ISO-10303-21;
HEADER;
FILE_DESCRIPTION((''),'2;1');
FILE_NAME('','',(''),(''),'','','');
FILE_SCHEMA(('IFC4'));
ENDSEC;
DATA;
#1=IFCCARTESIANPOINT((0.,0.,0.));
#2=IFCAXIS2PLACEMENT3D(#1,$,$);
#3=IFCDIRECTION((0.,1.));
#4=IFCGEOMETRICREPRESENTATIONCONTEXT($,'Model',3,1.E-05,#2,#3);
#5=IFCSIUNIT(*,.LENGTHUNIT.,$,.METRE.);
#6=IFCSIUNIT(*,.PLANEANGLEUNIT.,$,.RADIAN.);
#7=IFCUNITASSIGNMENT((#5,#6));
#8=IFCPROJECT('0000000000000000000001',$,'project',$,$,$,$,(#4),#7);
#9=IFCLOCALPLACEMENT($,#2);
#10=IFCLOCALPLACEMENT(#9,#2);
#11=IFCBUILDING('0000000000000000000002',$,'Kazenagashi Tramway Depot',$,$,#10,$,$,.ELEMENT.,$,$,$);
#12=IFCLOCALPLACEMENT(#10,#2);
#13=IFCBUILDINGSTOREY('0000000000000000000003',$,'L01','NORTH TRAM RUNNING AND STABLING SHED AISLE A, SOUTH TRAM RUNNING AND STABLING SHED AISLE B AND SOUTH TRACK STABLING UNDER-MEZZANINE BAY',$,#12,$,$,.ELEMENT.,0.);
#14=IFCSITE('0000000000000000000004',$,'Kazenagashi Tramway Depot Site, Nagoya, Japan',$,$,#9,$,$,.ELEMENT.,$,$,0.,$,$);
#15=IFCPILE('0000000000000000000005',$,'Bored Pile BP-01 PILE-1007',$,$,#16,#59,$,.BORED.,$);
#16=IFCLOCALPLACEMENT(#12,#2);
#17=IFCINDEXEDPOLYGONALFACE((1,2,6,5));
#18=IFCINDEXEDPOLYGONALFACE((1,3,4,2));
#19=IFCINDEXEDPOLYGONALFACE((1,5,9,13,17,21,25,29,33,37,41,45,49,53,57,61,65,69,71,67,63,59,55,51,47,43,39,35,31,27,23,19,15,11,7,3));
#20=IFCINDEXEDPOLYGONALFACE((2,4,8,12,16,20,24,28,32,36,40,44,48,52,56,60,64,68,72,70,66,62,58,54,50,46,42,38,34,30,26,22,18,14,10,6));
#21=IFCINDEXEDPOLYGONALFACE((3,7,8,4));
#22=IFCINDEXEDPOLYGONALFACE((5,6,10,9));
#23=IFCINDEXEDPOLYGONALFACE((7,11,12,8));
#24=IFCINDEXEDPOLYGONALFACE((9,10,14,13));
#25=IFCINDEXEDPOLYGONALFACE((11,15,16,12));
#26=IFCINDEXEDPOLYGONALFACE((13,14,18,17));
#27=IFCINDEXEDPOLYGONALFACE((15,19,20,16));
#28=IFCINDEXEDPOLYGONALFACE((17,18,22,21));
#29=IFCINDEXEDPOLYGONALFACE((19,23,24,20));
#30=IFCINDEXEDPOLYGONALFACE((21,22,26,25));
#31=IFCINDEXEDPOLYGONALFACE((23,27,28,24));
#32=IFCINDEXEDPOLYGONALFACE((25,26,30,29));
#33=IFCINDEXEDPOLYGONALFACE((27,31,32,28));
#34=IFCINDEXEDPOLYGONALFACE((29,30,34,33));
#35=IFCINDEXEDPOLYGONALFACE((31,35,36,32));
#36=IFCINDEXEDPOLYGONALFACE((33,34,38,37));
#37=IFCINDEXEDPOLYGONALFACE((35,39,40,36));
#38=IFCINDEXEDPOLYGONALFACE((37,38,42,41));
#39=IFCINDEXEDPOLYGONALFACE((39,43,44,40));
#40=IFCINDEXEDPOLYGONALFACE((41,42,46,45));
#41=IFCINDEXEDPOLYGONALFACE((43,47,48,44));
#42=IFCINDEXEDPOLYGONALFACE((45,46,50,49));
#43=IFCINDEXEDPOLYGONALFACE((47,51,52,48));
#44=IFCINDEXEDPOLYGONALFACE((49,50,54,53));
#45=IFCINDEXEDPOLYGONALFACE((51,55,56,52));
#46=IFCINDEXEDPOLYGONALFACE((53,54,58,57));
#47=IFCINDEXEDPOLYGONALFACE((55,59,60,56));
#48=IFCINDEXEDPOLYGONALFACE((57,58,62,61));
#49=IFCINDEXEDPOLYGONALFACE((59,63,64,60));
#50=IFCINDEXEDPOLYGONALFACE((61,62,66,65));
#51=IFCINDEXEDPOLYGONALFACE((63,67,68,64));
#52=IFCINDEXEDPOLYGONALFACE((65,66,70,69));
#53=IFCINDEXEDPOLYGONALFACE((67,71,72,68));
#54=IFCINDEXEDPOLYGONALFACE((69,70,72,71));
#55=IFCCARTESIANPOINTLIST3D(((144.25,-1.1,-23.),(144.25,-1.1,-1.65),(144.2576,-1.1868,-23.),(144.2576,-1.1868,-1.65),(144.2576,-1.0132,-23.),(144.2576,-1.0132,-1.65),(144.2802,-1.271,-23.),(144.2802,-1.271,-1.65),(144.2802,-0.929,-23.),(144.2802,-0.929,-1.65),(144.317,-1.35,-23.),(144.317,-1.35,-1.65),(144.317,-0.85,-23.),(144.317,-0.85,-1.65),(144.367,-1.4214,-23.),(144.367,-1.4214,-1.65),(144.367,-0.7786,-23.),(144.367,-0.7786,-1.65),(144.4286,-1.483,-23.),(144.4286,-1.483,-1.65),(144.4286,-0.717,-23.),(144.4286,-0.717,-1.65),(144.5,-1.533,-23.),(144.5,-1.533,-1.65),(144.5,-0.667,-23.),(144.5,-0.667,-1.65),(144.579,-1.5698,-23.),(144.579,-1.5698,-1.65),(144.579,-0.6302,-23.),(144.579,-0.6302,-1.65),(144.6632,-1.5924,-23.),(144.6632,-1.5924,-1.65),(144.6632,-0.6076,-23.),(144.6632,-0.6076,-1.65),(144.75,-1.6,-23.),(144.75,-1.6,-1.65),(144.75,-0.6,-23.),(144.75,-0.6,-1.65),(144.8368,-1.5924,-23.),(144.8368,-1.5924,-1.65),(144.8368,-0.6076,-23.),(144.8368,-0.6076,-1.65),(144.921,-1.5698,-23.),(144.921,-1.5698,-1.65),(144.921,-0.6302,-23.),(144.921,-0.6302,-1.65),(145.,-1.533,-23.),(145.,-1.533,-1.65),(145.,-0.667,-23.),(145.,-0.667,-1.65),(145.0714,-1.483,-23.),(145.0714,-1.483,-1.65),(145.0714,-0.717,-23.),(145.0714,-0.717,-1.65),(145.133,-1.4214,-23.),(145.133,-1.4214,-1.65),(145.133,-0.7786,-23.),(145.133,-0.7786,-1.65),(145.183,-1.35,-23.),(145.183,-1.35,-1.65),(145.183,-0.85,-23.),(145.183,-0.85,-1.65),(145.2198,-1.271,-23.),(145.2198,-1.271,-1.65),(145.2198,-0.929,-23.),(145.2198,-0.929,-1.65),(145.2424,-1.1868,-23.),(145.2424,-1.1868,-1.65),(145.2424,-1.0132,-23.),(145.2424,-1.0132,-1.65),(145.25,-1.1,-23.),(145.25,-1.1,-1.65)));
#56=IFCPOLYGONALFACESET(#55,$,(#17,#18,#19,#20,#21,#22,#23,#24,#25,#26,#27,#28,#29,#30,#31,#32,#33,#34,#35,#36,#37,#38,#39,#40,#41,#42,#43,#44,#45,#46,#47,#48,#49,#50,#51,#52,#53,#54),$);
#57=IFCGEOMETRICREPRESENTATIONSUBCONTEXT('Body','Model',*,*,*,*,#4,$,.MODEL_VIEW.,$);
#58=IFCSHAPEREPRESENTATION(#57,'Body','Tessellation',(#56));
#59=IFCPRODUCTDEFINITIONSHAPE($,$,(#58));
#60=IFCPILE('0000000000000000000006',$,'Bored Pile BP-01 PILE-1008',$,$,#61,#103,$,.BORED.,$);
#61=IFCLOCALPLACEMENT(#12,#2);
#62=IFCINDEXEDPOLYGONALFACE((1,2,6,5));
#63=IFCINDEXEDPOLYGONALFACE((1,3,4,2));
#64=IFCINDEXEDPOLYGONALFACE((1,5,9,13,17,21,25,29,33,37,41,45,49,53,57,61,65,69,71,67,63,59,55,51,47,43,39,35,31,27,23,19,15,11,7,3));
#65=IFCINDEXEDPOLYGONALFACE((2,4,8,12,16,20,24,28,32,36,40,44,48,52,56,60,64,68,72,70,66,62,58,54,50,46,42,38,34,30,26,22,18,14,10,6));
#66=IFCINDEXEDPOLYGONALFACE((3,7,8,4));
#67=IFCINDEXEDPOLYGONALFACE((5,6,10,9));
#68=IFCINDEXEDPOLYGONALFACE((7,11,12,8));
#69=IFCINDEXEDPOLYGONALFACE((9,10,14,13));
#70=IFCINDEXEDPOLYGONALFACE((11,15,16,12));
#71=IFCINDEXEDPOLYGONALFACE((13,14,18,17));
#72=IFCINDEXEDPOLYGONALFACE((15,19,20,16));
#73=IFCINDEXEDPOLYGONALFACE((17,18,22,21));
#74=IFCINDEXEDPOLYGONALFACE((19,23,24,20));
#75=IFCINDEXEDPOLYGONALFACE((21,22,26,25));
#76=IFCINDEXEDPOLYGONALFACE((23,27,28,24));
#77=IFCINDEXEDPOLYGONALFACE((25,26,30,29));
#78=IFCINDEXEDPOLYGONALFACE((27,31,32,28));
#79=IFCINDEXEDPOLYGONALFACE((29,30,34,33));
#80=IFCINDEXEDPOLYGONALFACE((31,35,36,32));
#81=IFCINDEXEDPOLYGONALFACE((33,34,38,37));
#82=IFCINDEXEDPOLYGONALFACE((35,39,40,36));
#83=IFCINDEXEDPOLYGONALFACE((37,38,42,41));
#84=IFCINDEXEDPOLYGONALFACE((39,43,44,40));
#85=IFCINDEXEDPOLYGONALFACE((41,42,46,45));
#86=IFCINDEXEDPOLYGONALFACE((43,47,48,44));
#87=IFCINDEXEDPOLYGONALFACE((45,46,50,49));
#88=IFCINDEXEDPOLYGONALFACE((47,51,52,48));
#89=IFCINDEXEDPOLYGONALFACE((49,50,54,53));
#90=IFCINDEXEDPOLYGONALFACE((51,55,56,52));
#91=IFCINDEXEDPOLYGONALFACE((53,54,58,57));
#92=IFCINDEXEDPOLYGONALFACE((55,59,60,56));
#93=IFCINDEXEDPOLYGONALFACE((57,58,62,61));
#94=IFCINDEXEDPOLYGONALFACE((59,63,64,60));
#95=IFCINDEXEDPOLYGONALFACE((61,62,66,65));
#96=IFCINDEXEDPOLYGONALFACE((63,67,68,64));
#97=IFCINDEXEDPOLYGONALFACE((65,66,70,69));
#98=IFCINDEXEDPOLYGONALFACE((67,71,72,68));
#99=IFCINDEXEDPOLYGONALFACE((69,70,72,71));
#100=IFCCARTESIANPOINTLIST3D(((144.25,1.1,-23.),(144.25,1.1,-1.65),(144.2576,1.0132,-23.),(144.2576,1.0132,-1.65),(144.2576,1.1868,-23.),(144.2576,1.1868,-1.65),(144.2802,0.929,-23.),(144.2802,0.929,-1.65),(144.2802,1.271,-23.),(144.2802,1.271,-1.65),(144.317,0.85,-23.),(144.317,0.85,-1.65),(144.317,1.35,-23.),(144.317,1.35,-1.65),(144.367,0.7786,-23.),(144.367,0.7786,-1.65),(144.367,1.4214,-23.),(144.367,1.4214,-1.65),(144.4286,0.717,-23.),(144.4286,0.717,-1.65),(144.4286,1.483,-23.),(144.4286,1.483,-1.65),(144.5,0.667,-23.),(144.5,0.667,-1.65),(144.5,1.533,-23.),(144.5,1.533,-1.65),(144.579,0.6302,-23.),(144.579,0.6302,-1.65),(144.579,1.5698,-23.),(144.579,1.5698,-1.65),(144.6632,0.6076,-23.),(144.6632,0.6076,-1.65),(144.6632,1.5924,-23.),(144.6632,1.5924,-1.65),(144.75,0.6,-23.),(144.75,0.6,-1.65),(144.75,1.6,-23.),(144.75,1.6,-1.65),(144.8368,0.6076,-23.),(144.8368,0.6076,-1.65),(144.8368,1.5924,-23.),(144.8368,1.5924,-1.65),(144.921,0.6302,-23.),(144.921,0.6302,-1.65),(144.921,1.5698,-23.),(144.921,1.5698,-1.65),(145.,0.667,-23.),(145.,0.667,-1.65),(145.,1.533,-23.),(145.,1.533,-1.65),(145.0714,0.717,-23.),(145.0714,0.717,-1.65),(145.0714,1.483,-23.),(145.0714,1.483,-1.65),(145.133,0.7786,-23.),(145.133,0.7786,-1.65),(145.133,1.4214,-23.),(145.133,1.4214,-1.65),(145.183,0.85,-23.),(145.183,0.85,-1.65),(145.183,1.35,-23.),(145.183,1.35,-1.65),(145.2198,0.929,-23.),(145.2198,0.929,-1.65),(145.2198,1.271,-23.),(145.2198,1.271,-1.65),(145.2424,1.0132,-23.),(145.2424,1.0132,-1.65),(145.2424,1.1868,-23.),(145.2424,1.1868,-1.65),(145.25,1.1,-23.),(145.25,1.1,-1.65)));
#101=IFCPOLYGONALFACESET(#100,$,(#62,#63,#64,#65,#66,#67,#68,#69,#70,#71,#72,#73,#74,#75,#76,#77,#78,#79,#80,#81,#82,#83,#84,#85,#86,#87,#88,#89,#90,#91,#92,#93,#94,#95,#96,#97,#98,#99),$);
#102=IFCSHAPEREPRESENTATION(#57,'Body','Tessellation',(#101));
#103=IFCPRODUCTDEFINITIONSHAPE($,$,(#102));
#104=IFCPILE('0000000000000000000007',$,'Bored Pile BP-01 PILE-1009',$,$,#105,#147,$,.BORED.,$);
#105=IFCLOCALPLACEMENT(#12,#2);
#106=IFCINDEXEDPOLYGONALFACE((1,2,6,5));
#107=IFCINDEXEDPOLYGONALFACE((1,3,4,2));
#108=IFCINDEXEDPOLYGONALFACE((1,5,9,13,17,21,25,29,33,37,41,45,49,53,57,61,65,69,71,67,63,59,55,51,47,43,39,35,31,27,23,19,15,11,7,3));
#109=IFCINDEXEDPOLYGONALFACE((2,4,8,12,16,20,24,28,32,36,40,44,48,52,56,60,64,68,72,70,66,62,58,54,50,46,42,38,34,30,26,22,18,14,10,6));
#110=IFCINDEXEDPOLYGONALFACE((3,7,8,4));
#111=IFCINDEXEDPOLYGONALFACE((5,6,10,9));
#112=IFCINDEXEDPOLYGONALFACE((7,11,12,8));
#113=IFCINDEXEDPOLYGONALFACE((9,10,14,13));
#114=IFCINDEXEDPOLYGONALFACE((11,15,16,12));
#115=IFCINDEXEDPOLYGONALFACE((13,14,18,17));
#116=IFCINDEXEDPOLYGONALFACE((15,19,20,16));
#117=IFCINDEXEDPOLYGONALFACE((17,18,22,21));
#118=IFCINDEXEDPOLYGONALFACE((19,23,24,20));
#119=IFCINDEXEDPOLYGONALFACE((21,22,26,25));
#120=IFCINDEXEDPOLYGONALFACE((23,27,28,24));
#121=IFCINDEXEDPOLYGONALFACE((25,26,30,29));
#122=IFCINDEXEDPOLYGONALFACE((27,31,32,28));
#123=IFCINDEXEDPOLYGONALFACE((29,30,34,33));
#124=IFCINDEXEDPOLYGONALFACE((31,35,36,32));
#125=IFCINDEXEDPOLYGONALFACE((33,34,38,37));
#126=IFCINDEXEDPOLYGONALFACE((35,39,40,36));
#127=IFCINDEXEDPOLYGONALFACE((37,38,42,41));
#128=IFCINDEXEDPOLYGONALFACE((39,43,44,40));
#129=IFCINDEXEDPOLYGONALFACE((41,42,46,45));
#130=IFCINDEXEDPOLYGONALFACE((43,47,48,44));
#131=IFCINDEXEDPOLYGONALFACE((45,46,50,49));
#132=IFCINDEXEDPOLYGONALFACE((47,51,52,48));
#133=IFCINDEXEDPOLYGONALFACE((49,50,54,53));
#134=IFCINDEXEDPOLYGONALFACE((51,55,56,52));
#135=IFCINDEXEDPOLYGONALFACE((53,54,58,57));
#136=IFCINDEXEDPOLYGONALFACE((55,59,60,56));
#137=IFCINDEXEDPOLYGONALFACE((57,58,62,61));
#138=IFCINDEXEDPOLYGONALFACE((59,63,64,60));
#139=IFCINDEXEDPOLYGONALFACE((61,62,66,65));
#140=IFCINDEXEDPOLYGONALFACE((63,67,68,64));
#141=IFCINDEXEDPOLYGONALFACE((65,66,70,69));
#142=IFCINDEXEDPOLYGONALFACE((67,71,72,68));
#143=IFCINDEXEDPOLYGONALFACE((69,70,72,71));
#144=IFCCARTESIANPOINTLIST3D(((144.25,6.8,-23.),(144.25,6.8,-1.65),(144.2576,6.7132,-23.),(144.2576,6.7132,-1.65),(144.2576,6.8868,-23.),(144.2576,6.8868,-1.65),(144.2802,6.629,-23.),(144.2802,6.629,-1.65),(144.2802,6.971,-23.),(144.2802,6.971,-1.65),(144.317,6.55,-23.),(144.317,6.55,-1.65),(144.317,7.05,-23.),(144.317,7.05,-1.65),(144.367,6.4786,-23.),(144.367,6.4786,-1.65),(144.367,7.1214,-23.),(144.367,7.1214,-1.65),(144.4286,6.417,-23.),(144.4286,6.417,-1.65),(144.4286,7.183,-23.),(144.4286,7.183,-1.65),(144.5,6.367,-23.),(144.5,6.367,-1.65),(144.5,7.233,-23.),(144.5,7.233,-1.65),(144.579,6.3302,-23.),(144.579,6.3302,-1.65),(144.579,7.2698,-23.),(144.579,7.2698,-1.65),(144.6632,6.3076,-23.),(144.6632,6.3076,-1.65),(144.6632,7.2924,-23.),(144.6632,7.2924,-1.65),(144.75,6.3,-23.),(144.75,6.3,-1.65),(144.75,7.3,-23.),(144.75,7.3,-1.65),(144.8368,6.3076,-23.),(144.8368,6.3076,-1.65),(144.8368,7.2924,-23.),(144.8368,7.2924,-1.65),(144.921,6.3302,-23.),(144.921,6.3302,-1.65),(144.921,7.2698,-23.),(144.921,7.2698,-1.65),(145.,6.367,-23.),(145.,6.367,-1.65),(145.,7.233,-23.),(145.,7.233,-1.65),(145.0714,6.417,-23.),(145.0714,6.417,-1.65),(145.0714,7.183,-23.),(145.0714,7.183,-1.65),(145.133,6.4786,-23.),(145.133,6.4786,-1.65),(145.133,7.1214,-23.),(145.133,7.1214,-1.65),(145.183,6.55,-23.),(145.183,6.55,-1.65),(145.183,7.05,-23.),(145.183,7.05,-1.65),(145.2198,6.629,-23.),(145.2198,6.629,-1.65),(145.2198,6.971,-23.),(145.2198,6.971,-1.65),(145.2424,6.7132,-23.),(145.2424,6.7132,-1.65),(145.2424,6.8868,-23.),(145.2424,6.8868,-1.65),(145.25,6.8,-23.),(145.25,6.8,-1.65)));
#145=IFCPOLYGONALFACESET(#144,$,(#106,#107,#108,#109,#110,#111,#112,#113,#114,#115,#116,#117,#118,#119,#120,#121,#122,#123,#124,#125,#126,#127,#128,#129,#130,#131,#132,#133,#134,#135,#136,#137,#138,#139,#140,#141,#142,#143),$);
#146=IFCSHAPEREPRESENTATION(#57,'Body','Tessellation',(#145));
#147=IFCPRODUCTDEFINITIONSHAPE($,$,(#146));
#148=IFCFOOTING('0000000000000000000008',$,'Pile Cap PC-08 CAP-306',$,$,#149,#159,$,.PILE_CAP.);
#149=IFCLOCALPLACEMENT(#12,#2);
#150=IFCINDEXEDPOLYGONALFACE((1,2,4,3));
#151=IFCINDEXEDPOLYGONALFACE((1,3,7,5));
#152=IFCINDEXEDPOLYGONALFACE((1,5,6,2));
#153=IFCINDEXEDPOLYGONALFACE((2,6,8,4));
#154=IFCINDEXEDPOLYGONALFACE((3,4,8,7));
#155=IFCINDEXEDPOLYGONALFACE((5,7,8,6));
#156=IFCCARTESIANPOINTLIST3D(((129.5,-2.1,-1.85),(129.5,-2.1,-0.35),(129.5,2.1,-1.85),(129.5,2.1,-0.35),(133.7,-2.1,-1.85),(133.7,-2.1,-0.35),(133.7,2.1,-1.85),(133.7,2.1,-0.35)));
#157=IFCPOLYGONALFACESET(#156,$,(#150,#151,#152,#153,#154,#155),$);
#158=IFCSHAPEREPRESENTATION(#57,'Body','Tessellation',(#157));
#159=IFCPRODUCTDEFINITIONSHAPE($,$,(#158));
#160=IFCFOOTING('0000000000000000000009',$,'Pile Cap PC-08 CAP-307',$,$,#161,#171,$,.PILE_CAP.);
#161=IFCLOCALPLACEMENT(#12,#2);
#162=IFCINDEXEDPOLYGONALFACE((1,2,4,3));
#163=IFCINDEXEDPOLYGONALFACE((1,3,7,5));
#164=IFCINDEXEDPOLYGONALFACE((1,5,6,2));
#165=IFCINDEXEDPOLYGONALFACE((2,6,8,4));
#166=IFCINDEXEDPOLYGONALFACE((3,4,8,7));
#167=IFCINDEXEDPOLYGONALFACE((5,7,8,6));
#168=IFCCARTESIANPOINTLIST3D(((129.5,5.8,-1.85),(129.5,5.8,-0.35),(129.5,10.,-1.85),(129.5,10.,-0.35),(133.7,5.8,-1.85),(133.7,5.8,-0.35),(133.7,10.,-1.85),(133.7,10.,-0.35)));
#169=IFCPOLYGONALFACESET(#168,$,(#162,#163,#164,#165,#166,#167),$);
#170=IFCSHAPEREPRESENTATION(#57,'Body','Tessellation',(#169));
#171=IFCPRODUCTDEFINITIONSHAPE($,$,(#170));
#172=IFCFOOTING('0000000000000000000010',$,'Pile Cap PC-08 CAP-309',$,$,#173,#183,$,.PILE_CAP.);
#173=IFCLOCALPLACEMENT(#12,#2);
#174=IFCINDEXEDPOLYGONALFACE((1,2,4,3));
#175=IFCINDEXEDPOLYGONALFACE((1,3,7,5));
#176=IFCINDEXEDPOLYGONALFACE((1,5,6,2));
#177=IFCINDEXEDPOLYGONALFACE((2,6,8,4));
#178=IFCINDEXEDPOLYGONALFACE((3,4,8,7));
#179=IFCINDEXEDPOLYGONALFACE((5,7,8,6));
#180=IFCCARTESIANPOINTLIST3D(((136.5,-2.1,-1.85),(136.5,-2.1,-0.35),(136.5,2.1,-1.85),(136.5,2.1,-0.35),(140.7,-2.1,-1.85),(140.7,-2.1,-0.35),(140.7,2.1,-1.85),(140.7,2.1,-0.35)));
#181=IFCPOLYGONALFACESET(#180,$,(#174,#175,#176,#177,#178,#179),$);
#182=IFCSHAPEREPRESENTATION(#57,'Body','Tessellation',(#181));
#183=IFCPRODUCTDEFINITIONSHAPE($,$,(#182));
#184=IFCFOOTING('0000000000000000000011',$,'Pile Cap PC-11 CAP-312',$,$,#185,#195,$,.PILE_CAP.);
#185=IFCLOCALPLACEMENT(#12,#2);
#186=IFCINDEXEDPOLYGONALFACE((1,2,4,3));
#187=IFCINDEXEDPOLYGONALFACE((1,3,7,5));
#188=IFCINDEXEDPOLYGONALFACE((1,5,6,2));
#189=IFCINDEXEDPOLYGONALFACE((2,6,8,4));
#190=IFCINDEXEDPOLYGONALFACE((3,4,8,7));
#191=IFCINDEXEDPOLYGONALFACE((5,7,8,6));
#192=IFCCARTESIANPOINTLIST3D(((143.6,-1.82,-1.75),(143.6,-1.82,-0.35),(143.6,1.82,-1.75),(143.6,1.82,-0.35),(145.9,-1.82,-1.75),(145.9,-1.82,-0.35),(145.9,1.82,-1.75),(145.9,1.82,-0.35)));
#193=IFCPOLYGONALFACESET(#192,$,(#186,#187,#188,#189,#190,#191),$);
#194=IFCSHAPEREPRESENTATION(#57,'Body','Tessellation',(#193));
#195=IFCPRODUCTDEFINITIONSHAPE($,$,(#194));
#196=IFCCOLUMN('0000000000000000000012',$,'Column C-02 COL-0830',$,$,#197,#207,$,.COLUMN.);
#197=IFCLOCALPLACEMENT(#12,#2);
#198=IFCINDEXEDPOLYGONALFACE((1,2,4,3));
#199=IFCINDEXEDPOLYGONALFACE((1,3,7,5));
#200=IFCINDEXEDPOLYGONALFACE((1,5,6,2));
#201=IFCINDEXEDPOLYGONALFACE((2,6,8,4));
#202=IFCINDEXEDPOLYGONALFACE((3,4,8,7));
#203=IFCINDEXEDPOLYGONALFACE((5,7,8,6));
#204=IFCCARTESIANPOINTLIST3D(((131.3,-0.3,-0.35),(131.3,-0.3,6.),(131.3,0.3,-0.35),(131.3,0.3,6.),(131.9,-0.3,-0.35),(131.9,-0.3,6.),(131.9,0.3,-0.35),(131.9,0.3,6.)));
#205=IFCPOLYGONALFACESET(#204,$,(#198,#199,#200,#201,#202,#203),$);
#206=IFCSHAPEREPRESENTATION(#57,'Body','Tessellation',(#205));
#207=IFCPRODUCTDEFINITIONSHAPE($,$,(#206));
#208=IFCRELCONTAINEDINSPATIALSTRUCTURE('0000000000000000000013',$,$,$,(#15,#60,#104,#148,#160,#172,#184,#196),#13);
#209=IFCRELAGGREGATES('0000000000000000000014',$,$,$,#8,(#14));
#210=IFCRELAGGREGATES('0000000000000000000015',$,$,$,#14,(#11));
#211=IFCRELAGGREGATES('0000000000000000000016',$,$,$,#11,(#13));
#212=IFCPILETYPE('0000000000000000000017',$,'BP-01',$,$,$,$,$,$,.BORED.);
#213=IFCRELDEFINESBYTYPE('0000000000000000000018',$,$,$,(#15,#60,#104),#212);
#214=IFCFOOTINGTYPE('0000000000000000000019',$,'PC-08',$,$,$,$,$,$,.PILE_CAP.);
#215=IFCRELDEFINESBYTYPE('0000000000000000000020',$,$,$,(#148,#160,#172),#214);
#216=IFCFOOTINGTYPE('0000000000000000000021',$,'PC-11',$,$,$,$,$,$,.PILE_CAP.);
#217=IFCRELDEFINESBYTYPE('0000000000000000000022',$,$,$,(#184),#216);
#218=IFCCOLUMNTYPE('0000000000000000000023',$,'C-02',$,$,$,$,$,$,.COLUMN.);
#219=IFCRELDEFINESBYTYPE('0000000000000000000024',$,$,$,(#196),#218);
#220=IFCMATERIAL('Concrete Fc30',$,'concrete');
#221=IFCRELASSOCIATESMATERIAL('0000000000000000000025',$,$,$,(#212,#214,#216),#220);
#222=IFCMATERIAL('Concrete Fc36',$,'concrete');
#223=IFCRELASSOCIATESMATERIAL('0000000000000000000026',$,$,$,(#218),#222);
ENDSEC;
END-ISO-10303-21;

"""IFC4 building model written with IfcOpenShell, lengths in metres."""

from ifc_helpers import new_model, si_unit, direction, frame, origin, origin_2d, place, context, subcontext, project, spatial, rectangle, circle, extrude, material, material_profile, profile_set, type_object, element, save


model = new_model("IFC4")

# Units and contexts
model_context = context("Model", 3, precision=1e-05, world=origin(), true_north=direction((0.0, 1.0)))
body_context = subcontext(model_context, "Body", "Model", "MODEL_VIEW")
ifc_project = project(units=[si_unit("LENGTHUNIT", "METRE"), si_unit("PLANEANGLEUNIT", "RADIAN")], contexts=[model_context])

# Site, building, storey
site_placement = place(None, origin())
site = spatial("IfcSite", under=ifc_project, at=site_placement, Name="Kazenagashi Tramway Depot Site, Nagoya, Japan", CompositionType="ELEMENT", RefElevation=0.0)
building_placement = place(site_placement, origin())
building = spatial("IfcBuilding", under=site, at=building_placement, Name="Kazenagashi Tramway Depot", CompositionType="ELEMENT")
storey_placement = place(building_placement, origin())
storey = spatial("IfcBuildingStorey", under=building, at=storey_placement, Name="L01", Description="NORTH TRAM RUNNING AND STABLING SHED AISLE A, SOUTH TRAM RUNNING AND STABLING SHED AISLE B AND SOUTH TRACK STABLING UNDER-MEZZANINE BAY", CompositionType="ELEMENT", Elevation=0.0)

# Piles
ifc_material_1 = material(Name="Concrete Fc30", Category="concrete")
ifc_material_profile_1 = material_profile(ifc_material_1, circle(Radius=0.5, at=origin_2d()), Name="PILE-1000")
ifc_profile_set_1 = profile_set([ifc_material_profile_1], Name="Concrete Fc30")
pile_type = type_object("IfcPileType", Name="BP-01", PredefinedType="BORED", material=ifc_profile_set_1)
for number, where, z_axis, x_axis, name in (
    (1, (144.75, -1.1, -1.65), (0.0, 0.0, -1.0), (1.0, 0.0, 0.0), "Bored Pile BP-01 PILE-1007"),
    (2, (144.75, 1.1, -1.65), (0.0, 0.0, -1.0), (1.0, 0.0, 0.0), "Bored Pile BP-01 PILE-1008"),
    (3, (144.75, 6.8, -1.65), (0.0, 0.0, -1.0), (1.0, 0.0, 0.0), "Bored Pile BP-01 PILE-1009"),
):
    element("IfcPile", number, at=place(storey_placement, frame(where, z_axis=z_axis, x_axis=x_axis)), inside=storey, type_object=pile_type, Name=name, PredefinedType="BORED", context=body_context, shape_type="SweptSolid", body=[
        extrude(circle(Radius=0.5, at=origin_2d()), origin(), (0.0, 0.0, 1.0), 21.35),
    ])

# Footings
footing_type_1 = type_object("IfcFootingType", Name="PC-08", PredefinedType="PILE_CAP", material=ifc_material_1)
for number, where, z_axis, x_axis, name in (
    (4, (131.6, 0.0, -1.85), (0.0, 0.0, 1.0), (1.0, 0.0, 0.0), "Pile Cap PC-08 CAP-306"),
    (5, (131.6, 7.9, -1.85), (0.0, 0.0, 1.0), (1.0, 0.0, 0.0), "Pile Cap PC-08 CAP-307"),
    (6, (138.6, 0.0, -1.85), (0.0, 0.0, 1.0), (1.0, 0.0, 0.0), "Pile Cap PC-08 CAP-309"),
):
    element("IfcFooting", number, at=place(storey_placement, frame(where, z_axis=z_axis, x_axis=x_axis)), inside=storey, type_object=footing_type_1, Name=name, PredefinedType="PILE_CAP", context=body_context, shape_type="SweptSolid", body=[
        extrude(rectangle(XDim=4.2, YDim=4.2, at=origin_2d()), origin(), (0.0, 0.0, 1.0), 1.5),
    ])
footing_type_2 = type_object("IfcFootingType", Name="PC-11", PredefinedType="PILE_CAP", material=ifc_material_1)
footing_placement = place(storey_placement, frame((144.75, 0.0, -1.75), z_axis=(0.0, 0.0, 1.0), x_axis=(1.0, 0.0, 0.0)))
element("IfcFooting", 7, at=footing_placement, inside=storey, type_object=footing_type_2, Name="Pile Cap PC-11 CAP-312", PredefinedType="PILE_CAP", context=body_context, shape_type="SweptSolid", body=[
    extrude(rectangle(XDim=2.3, YDim=3.64, at=origin_2d()), origin(), (0.0, 0.0, 1.0), 1.4),
])

# Column
ifc_material_2 = material(Name="Concrete Fc36", Category="concrete")
ifc_material_profile_2 = material_profile(ifc_material_2, rectangle(XDim=0.6, YDim=0.6, at=origin_2d()), Name="RC-600x600")
ifc_profile_set_2 = profile_set([ifc_material_profile_2], Name="Concrete Fc36")
column_type_1 = type_object("IfcColumnType", Name="C-02", PredefinedType="COLUMN", material=ifc_profile_set_2)
for number, where, z_axis, x_axis, name in (
    (8, (131.6, 0.0, -0.35), (0.0, 0.0, 1.0), (1.0, 0.0, 0.0), "Column C-02 COL-0830"),
):
    element("IfcColumn", number, at=place(storey_placement, frame(where, z_axis=z_axis, x_axis=x_axis)), inside=storey, type_object=column_type_1, Name=name, PredefinedType="COLUMN", context=body_context, shape_type="SweptSolid", body=[
        extrude(rectangle(XDim=0.6, YDim=0.6, at=origin_2d()), origin(), (0.0, 0.0, 1.0), 6.35),
    ])

save(model, "model.ifc")
